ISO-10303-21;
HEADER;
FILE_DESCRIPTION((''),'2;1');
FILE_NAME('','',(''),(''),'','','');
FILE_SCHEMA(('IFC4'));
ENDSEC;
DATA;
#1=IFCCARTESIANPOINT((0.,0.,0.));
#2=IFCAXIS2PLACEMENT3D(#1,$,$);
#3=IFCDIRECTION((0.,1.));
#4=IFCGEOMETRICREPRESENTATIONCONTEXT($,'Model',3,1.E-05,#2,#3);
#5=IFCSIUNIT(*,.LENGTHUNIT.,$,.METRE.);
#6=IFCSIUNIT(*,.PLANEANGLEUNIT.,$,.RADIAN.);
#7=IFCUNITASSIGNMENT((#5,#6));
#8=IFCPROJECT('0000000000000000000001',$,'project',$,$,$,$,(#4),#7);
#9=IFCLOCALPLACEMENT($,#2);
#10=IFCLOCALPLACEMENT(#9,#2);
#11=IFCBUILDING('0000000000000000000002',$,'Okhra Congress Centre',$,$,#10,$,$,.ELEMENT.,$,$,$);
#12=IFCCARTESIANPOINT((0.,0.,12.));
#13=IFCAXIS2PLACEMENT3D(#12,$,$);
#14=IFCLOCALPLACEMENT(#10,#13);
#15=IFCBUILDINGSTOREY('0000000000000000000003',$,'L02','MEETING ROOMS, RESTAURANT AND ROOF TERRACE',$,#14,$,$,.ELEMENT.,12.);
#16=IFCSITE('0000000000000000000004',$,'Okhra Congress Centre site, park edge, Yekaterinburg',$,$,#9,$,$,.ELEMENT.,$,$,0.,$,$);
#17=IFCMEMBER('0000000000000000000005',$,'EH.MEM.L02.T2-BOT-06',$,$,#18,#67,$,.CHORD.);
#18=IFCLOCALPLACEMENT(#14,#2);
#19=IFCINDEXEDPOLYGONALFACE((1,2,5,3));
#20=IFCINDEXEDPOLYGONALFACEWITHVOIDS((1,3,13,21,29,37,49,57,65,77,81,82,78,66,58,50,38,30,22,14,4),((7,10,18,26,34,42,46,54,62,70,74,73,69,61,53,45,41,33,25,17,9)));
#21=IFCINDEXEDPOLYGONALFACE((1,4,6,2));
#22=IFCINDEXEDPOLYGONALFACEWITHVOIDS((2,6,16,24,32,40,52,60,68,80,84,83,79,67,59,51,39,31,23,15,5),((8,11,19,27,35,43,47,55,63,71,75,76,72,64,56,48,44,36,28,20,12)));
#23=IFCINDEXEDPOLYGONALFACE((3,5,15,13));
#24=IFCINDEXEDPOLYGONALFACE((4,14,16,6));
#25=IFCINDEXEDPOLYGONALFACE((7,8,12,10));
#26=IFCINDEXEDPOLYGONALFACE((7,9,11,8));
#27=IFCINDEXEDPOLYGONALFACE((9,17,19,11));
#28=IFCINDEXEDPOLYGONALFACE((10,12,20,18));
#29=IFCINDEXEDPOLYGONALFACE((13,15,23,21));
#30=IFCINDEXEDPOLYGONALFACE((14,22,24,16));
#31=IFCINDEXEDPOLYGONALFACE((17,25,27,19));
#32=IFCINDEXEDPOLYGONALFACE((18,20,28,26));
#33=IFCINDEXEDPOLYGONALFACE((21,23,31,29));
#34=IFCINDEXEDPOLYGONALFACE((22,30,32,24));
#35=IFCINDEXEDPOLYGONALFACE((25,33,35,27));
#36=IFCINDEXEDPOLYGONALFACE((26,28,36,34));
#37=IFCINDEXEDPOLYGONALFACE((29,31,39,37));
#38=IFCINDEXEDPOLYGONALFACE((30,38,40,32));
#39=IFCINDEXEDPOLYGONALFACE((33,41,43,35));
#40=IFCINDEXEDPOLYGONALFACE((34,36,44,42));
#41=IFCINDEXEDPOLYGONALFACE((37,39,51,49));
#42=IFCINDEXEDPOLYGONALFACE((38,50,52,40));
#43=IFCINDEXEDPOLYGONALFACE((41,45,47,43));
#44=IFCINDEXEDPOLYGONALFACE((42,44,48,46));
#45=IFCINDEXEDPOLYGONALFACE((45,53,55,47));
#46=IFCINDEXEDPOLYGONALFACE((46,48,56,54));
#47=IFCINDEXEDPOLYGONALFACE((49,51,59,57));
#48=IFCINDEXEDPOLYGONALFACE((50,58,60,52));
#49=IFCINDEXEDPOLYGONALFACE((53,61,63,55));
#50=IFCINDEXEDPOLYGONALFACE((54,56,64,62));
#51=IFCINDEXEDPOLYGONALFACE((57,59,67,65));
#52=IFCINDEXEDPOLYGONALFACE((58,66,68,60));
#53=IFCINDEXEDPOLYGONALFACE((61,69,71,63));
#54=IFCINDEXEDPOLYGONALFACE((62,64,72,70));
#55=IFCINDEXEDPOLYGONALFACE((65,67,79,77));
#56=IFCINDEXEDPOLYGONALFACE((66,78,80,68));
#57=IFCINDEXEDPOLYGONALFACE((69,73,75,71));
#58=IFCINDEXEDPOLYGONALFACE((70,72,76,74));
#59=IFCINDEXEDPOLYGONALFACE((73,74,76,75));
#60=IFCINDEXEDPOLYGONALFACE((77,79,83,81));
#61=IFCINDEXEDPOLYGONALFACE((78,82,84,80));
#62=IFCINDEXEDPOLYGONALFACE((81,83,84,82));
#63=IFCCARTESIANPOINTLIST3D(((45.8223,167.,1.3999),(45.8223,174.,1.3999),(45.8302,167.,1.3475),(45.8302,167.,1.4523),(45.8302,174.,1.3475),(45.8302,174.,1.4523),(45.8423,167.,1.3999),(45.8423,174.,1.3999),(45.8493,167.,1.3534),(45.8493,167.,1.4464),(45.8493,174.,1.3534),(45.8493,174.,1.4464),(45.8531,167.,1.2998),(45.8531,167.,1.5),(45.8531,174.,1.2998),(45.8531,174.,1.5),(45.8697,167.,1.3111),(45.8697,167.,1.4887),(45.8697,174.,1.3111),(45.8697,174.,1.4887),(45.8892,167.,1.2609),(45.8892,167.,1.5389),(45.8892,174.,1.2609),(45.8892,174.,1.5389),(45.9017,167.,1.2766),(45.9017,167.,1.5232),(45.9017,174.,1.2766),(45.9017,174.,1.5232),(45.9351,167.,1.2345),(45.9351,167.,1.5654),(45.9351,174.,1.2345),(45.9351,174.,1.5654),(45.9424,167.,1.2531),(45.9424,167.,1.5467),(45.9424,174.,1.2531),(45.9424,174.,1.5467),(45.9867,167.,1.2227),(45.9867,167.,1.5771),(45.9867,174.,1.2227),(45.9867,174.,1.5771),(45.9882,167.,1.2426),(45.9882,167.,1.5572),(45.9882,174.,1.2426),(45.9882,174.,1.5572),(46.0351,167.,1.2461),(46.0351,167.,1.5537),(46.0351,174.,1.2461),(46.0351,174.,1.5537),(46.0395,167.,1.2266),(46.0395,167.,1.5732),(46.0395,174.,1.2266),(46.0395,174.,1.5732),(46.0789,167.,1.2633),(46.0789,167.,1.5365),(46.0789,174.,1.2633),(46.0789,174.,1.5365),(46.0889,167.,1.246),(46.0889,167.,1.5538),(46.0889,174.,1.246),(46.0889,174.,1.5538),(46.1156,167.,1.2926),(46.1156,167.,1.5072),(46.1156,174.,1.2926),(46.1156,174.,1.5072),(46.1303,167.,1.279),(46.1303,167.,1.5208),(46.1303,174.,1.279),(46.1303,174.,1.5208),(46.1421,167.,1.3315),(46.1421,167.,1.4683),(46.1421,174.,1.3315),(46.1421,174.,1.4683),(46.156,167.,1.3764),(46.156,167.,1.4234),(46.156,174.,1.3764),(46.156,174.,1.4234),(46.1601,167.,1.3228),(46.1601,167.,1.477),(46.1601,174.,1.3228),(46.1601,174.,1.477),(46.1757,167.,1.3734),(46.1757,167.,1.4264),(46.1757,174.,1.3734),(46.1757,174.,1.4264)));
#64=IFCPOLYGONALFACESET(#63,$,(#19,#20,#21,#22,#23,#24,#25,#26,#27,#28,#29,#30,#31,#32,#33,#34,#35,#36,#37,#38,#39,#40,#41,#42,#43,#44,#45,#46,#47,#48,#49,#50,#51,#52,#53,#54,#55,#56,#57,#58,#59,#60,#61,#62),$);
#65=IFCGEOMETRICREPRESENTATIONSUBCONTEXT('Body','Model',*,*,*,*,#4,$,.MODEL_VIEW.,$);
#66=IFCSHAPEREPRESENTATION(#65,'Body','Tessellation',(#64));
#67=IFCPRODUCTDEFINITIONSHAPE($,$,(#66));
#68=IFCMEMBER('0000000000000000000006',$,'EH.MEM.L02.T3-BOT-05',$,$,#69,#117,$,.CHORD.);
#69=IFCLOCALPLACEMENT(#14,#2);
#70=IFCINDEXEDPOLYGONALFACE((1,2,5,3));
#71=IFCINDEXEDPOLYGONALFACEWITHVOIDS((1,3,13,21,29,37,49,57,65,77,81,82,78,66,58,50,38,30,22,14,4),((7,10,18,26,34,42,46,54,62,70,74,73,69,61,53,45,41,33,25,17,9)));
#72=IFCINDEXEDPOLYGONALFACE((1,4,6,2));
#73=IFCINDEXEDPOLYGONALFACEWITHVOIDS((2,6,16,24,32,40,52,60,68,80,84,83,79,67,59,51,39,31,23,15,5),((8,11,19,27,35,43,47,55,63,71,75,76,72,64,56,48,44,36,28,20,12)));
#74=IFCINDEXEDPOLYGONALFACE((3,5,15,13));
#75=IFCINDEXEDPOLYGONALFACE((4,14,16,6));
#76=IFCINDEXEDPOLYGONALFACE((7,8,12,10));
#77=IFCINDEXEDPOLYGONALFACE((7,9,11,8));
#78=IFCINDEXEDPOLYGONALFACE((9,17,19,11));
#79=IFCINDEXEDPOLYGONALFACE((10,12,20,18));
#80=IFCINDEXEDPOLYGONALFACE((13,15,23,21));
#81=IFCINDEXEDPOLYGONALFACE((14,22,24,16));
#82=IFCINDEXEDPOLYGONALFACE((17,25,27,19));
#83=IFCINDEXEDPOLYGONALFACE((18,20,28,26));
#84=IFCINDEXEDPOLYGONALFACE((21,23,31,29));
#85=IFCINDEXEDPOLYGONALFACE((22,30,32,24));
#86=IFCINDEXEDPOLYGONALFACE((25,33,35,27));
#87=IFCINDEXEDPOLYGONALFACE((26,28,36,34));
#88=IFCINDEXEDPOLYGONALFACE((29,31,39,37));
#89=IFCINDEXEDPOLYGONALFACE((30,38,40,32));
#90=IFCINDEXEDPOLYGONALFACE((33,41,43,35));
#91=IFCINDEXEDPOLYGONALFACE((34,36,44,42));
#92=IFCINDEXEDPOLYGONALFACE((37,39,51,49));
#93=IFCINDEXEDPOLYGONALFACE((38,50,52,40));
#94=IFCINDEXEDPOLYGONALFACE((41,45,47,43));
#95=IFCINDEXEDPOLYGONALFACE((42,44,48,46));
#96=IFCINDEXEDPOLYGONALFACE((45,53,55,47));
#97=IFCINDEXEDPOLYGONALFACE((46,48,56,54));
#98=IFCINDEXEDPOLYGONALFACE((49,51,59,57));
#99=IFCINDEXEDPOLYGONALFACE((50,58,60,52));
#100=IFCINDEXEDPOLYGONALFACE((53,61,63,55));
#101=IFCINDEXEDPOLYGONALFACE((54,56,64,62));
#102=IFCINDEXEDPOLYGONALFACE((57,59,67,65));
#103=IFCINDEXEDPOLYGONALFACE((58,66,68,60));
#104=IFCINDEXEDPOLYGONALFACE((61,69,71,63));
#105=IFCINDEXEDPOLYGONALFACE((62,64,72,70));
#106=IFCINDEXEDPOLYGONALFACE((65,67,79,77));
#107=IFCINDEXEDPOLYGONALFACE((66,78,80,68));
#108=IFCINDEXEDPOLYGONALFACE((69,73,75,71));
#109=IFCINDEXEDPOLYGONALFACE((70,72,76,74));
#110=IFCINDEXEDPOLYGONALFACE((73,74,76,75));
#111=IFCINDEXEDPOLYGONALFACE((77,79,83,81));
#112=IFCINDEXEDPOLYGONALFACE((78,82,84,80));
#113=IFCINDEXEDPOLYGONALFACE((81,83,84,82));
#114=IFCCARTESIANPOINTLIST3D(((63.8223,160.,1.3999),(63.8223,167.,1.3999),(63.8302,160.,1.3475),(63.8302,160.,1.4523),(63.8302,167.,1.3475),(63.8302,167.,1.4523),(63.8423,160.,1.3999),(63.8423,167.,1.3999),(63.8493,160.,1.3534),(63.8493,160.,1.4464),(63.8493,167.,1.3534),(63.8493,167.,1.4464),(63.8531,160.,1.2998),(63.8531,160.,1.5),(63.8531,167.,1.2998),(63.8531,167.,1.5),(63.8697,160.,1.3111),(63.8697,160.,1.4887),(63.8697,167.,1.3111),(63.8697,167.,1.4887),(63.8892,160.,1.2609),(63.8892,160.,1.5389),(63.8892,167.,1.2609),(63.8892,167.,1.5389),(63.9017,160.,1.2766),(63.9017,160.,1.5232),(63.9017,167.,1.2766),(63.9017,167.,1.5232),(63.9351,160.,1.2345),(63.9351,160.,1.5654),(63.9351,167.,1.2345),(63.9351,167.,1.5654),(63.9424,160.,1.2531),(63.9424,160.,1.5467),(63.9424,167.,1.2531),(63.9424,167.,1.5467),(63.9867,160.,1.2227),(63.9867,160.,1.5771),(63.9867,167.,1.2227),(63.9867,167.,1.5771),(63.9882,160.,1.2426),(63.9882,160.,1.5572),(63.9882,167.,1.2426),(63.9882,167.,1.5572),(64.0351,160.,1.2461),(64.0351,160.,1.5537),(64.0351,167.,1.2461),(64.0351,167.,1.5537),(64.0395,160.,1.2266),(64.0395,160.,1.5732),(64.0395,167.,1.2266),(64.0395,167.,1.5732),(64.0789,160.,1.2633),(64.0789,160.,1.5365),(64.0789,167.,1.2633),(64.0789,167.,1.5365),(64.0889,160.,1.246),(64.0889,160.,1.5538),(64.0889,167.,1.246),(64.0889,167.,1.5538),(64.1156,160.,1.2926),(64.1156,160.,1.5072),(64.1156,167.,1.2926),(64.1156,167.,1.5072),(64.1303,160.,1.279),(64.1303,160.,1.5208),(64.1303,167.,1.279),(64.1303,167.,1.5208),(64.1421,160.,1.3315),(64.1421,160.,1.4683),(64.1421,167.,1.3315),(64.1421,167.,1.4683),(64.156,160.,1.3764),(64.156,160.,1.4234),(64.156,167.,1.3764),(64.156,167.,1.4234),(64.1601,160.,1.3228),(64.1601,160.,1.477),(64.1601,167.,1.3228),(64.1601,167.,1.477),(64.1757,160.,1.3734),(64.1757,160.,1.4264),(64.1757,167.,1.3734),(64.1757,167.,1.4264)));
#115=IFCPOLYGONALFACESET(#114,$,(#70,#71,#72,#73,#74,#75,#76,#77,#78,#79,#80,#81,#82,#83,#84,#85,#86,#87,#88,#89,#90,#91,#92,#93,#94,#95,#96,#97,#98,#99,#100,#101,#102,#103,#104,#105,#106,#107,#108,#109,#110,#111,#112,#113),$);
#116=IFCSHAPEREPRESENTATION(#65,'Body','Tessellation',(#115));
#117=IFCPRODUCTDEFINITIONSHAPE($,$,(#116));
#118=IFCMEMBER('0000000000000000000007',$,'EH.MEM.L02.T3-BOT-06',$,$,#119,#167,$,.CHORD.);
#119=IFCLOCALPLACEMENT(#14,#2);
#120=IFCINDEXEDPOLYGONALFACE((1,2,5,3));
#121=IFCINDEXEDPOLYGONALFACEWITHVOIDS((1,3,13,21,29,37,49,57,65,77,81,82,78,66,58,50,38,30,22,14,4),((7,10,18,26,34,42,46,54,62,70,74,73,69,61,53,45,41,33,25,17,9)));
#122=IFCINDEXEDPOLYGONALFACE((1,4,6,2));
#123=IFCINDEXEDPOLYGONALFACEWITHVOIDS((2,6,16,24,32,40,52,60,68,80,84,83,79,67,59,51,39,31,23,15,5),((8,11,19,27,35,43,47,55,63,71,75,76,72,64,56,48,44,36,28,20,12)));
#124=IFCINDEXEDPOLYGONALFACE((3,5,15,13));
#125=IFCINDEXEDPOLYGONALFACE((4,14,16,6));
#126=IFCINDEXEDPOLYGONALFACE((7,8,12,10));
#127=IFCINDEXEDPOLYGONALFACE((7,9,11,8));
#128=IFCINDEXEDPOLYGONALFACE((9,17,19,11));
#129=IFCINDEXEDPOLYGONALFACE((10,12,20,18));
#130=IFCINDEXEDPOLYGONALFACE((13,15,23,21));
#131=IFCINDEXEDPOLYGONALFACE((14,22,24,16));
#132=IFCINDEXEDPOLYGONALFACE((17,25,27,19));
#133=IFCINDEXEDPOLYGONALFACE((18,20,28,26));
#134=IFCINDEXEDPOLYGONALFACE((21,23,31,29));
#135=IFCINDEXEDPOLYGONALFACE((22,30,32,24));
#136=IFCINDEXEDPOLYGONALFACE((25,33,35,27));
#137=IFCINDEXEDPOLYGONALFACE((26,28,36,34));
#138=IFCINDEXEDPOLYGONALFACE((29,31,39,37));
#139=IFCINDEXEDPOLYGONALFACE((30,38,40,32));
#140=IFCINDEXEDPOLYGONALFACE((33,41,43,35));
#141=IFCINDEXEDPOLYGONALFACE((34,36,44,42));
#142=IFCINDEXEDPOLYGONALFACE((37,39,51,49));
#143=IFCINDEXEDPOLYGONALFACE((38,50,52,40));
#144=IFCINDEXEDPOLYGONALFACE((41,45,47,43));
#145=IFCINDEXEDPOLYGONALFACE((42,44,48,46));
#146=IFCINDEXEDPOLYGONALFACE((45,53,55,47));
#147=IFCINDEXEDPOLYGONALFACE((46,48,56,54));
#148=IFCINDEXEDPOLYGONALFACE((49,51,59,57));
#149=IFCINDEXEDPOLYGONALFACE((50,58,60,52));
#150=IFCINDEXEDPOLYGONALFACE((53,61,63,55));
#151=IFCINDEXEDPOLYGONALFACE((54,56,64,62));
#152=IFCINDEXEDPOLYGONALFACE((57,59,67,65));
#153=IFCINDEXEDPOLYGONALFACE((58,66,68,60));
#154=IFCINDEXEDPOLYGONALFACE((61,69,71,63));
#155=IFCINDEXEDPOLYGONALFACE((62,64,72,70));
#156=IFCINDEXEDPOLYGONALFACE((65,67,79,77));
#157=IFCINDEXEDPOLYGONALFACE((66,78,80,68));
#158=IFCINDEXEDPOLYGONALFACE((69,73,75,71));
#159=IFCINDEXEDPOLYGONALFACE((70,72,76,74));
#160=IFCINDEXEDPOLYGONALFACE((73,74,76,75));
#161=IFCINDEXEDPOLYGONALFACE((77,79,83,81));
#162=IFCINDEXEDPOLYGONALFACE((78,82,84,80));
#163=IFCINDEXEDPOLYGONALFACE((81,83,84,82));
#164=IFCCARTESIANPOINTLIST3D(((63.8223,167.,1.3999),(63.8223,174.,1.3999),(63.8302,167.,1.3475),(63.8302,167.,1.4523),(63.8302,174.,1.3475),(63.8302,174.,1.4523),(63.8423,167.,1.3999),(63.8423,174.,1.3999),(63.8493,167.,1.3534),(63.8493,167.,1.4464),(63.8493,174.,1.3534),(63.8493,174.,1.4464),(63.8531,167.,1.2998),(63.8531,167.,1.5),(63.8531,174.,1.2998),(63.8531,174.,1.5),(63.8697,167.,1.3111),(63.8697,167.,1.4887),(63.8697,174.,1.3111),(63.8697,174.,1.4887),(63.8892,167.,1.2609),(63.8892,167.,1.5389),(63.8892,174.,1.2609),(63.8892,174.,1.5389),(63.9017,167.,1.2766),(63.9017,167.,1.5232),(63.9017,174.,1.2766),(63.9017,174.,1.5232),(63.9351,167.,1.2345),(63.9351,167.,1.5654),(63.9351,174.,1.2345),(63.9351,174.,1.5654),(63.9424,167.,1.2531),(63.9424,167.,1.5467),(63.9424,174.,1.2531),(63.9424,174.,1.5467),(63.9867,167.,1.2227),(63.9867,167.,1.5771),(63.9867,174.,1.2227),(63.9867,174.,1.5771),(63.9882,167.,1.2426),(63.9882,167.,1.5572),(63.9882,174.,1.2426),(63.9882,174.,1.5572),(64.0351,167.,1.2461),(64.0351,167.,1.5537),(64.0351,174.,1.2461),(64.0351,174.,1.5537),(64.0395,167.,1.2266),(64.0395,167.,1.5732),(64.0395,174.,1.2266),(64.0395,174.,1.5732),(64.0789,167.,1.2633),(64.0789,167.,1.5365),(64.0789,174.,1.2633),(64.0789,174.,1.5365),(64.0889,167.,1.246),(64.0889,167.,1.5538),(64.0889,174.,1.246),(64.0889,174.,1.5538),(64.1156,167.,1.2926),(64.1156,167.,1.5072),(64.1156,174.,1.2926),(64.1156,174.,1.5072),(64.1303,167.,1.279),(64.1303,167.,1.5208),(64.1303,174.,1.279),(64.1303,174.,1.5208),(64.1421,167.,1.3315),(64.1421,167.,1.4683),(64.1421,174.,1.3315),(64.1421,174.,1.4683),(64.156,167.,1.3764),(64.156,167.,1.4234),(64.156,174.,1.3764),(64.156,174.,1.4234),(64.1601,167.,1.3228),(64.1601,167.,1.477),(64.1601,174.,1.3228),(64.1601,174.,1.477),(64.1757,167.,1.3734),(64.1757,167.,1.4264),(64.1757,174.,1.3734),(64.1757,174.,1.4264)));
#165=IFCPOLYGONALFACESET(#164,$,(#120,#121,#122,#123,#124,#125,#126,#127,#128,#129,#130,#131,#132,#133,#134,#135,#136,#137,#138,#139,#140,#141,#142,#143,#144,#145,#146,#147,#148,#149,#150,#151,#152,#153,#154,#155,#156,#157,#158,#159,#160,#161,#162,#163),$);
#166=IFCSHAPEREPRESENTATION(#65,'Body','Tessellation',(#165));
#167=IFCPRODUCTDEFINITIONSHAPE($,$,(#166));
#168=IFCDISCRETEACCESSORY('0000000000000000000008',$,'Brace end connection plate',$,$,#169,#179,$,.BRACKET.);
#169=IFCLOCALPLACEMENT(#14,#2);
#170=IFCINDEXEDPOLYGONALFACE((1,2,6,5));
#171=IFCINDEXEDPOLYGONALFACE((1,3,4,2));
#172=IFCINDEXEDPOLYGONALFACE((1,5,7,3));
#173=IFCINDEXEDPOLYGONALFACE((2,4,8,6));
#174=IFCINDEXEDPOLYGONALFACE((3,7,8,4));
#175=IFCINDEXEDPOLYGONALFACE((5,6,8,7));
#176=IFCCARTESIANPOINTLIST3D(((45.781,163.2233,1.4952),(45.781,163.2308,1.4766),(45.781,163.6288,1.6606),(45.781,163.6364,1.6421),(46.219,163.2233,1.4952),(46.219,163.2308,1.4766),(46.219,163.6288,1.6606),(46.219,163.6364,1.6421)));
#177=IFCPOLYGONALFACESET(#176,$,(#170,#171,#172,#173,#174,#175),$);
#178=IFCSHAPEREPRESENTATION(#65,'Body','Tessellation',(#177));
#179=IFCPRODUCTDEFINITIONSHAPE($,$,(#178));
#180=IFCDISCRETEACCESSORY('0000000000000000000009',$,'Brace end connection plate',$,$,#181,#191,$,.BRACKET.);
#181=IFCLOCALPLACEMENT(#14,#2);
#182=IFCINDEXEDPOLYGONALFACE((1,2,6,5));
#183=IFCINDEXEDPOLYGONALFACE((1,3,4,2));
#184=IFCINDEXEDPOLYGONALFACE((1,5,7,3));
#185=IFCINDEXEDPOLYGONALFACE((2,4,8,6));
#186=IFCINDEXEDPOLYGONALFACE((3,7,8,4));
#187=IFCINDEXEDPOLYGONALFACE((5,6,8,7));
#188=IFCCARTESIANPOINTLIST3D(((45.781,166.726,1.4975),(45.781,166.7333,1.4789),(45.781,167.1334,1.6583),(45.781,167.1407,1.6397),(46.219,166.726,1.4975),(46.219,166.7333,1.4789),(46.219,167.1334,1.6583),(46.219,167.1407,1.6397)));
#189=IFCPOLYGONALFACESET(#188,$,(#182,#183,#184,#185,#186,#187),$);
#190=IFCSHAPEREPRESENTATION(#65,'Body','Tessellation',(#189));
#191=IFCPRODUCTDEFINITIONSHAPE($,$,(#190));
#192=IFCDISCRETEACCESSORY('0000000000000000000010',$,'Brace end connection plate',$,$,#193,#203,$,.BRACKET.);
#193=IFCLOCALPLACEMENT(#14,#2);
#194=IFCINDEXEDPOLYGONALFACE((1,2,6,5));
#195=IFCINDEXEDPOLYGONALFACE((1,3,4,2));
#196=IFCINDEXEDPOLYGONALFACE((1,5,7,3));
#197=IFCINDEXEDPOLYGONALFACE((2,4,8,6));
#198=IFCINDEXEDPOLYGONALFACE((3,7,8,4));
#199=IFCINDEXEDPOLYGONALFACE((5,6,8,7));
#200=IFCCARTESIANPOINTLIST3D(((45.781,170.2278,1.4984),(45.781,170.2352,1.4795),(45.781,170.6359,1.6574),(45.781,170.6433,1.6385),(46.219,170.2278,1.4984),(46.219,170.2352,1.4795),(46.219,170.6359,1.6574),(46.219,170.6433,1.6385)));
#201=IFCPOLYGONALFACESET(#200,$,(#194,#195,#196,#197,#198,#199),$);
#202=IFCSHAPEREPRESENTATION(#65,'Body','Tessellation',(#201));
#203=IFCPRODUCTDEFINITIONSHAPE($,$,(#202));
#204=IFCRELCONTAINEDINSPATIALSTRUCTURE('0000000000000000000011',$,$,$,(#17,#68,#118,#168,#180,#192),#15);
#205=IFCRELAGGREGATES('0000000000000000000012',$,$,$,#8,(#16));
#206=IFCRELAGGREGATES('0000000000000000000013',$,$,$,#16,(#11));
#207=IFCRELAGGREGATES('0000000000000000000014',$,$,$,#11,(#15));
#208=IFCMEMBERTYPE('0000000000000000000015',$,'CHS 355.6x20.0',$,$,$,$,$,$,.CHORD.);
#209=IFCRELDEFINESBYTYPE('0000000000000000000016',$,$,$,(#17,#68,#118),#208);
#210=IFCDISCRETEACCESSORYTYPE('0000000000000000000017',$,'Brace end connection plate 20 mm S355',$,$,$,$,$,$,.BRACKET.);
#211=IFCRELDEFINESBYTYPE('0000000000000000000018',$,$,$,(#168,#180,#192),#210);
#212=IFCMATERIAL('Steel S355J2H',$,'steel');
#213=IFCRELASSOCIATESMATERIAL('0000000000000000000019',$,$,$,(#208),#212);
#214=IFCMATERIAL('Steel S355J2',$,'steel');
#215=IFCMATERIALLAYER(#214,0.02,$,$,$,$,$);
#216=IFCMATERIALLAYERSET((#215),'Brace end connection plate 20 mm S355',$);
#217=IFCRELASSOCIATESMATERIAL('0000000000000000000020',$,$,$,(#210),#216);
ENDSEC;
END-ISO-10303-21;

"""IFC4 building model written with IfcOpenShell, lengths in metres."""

from ifc_helpers import new_model, si_unit, direction, frame, origin, origin_2d, place, context, subcontext, project, spatial, rectangle, hollow_circle, extrude, material, layer, layer_set, material_profile, profile_set, type_object, element, save


model = new_model("IFC4")

# Units and contexts
model_context = context("Model", 3, precision=1e-05, world=origin(), true_north=direction((0.0, 1.0)))
body_context = subcontext(model_context, "Body", "Model", "MODEL_VIEW")
ifc_project = project(units=[si_unit("LENGTHUNIT", "METRE"), si_unit("PLANEANGLEUNIT", "RADIAN")], contexts=[model_context])

# Site, building, storey
site_placement = place(None, origin())
site = spatial("IfcSite", under=ifc_project, at=site_placement, Name="Okhra Congress Centre site, park edge, Yekaterinburg", CompositionType="ELEMENT", RefElevation=0.0)
building_placement = place(site_placement, origin())
building = spatial("IfcBuilding", under=site, at=building_placement, Name="Okhra Congress Centre", CompositionType="ELEMENT")
storey_placement = place(building_placement, frame((0.0, 0.0, 12.0)))
storey = spatial("IfcBuildingStorey", under=building, at=storey_placement, Name="L02", Description="MEETING ROOMS, RESTAURANT AND ROOF TERRACE", CompositionType="ELEMENT", Elevation=12.0)

# Members
ifc_material_1 = material(Name="Steel S355J2H", Category="steel")
ifc_material_profile_1 = material_profile(ifc_material_1, hollow_circle(Radius=0.1777, WallThickness=0.02, at=origin_2d()), Name="CHS 355.6x20.0")
ifc_profile_set_1 = profile_set([ifc_material_profile_1], Name="Steel S355J2H")
member_type_1 = type_object("IfcMemberType", Name="CHS 355.6x20.0", PredefinedType="CHORD", material=ifc_profile_set_1)
for number, where, z_axis, x_axis, name in (
    (1, (46.0, 167.0, 1.3999), (0.0, 1.0, 0.0), (-1.0, 0.0, 0.0), "EH.MEM.L02.T2-BOT-06"),
    (2, (64.0, 160.0, 1.3999), (0.0, 1.0, 0.0), (-1.0, 0.0, 0.0), "EH.MEM.L02.T3-BOT-05"),
    (3, (64.0, 167.0, 1.3999), (0.0, 1.0, 0.0), (-1.0, 0.0, 0.0), "EH.MEM.L02.T3-BOT-06"),
):
    element("IfcMember", number, at=place(storey_placement, frame(where, z_axis=z_axis, x_axis=x_axis)), inside=storey, type_object=member_type_1, Name=name, PredefinedType="CHORD", context=body_context, shape_type="SweptSolid", body=[
        extrude(hollow_circle(Radius=0.1777, WallThickness=0.02, at=origin_2d()), origin(), (0.0, 0.0, 1.0), 7.0),
    ])

# Discrete accessories
ifc_material_2 = material(Name="Steel S355J2", Category="steel")
ifc_layer = layer(ifc_material_2, 0.02)
ifc_layer_set = layer_set([ifc_layer], Name="Brace end connection plate 20 mm S355")
discrete_accessory_type = type_object("IfcDiscreteAccessoryType", Name="Brace end connection plate 20 mm S355", PredefinedType="BRACKET", material=ifc_layer_set)
for number, where, z_axis, x_axis, name in (
    (4, (46.0, 163.426, 1.5779), (0.0, 0.377684, -0.925935), (-1.0, 0.0, 0.0), "Brace end connection plate"),
    (5, (46.0, 166.9297, 1.5779), (0.0, 0.367167, -0.930155), (-1.0, 0.0, 0.0), "Brace end connection plate"),
):
    element("IfcDiscreteAccessory", number, at=place(storey_placement, frame(where, z_axis=z_axis, x_axis=x_axis)), inside=storey, type_object=discrete_accessory_type, Name=name, PredefinedType="BRACKET", context=body_context, shape_type="SweptSolid", body=[
        extrude(rectangle(XDim=0.438, YDim=0.438, at=origin_2d()), origin(), (0.0, 0.0, 1.0), 0.02),
    ])
discrete_accessory_1_placement = place(storey_placement, frame((46.0, 170.4319, 1.5779), z_axis=(0.0, 0.36303, -0.931777), x_axis=(-1.0, 0.0, 0.0)))
element("IfcDiscreteAccessory", 6, at=discrete_accessory_1_placement, inside=storey, type_object=discrete_accessory_type, Name="Brace end connection plate", PredefinedType="BRACKET", context=body_context, shape_type="SweptSolid", body=[
    extrude(rectangle(XDim=0.438, YDim=0.438, at=origin_2d()), origin(), (0.0, 0.0, 1.0), 0.0203),
])

save(model, "model.ifc")
